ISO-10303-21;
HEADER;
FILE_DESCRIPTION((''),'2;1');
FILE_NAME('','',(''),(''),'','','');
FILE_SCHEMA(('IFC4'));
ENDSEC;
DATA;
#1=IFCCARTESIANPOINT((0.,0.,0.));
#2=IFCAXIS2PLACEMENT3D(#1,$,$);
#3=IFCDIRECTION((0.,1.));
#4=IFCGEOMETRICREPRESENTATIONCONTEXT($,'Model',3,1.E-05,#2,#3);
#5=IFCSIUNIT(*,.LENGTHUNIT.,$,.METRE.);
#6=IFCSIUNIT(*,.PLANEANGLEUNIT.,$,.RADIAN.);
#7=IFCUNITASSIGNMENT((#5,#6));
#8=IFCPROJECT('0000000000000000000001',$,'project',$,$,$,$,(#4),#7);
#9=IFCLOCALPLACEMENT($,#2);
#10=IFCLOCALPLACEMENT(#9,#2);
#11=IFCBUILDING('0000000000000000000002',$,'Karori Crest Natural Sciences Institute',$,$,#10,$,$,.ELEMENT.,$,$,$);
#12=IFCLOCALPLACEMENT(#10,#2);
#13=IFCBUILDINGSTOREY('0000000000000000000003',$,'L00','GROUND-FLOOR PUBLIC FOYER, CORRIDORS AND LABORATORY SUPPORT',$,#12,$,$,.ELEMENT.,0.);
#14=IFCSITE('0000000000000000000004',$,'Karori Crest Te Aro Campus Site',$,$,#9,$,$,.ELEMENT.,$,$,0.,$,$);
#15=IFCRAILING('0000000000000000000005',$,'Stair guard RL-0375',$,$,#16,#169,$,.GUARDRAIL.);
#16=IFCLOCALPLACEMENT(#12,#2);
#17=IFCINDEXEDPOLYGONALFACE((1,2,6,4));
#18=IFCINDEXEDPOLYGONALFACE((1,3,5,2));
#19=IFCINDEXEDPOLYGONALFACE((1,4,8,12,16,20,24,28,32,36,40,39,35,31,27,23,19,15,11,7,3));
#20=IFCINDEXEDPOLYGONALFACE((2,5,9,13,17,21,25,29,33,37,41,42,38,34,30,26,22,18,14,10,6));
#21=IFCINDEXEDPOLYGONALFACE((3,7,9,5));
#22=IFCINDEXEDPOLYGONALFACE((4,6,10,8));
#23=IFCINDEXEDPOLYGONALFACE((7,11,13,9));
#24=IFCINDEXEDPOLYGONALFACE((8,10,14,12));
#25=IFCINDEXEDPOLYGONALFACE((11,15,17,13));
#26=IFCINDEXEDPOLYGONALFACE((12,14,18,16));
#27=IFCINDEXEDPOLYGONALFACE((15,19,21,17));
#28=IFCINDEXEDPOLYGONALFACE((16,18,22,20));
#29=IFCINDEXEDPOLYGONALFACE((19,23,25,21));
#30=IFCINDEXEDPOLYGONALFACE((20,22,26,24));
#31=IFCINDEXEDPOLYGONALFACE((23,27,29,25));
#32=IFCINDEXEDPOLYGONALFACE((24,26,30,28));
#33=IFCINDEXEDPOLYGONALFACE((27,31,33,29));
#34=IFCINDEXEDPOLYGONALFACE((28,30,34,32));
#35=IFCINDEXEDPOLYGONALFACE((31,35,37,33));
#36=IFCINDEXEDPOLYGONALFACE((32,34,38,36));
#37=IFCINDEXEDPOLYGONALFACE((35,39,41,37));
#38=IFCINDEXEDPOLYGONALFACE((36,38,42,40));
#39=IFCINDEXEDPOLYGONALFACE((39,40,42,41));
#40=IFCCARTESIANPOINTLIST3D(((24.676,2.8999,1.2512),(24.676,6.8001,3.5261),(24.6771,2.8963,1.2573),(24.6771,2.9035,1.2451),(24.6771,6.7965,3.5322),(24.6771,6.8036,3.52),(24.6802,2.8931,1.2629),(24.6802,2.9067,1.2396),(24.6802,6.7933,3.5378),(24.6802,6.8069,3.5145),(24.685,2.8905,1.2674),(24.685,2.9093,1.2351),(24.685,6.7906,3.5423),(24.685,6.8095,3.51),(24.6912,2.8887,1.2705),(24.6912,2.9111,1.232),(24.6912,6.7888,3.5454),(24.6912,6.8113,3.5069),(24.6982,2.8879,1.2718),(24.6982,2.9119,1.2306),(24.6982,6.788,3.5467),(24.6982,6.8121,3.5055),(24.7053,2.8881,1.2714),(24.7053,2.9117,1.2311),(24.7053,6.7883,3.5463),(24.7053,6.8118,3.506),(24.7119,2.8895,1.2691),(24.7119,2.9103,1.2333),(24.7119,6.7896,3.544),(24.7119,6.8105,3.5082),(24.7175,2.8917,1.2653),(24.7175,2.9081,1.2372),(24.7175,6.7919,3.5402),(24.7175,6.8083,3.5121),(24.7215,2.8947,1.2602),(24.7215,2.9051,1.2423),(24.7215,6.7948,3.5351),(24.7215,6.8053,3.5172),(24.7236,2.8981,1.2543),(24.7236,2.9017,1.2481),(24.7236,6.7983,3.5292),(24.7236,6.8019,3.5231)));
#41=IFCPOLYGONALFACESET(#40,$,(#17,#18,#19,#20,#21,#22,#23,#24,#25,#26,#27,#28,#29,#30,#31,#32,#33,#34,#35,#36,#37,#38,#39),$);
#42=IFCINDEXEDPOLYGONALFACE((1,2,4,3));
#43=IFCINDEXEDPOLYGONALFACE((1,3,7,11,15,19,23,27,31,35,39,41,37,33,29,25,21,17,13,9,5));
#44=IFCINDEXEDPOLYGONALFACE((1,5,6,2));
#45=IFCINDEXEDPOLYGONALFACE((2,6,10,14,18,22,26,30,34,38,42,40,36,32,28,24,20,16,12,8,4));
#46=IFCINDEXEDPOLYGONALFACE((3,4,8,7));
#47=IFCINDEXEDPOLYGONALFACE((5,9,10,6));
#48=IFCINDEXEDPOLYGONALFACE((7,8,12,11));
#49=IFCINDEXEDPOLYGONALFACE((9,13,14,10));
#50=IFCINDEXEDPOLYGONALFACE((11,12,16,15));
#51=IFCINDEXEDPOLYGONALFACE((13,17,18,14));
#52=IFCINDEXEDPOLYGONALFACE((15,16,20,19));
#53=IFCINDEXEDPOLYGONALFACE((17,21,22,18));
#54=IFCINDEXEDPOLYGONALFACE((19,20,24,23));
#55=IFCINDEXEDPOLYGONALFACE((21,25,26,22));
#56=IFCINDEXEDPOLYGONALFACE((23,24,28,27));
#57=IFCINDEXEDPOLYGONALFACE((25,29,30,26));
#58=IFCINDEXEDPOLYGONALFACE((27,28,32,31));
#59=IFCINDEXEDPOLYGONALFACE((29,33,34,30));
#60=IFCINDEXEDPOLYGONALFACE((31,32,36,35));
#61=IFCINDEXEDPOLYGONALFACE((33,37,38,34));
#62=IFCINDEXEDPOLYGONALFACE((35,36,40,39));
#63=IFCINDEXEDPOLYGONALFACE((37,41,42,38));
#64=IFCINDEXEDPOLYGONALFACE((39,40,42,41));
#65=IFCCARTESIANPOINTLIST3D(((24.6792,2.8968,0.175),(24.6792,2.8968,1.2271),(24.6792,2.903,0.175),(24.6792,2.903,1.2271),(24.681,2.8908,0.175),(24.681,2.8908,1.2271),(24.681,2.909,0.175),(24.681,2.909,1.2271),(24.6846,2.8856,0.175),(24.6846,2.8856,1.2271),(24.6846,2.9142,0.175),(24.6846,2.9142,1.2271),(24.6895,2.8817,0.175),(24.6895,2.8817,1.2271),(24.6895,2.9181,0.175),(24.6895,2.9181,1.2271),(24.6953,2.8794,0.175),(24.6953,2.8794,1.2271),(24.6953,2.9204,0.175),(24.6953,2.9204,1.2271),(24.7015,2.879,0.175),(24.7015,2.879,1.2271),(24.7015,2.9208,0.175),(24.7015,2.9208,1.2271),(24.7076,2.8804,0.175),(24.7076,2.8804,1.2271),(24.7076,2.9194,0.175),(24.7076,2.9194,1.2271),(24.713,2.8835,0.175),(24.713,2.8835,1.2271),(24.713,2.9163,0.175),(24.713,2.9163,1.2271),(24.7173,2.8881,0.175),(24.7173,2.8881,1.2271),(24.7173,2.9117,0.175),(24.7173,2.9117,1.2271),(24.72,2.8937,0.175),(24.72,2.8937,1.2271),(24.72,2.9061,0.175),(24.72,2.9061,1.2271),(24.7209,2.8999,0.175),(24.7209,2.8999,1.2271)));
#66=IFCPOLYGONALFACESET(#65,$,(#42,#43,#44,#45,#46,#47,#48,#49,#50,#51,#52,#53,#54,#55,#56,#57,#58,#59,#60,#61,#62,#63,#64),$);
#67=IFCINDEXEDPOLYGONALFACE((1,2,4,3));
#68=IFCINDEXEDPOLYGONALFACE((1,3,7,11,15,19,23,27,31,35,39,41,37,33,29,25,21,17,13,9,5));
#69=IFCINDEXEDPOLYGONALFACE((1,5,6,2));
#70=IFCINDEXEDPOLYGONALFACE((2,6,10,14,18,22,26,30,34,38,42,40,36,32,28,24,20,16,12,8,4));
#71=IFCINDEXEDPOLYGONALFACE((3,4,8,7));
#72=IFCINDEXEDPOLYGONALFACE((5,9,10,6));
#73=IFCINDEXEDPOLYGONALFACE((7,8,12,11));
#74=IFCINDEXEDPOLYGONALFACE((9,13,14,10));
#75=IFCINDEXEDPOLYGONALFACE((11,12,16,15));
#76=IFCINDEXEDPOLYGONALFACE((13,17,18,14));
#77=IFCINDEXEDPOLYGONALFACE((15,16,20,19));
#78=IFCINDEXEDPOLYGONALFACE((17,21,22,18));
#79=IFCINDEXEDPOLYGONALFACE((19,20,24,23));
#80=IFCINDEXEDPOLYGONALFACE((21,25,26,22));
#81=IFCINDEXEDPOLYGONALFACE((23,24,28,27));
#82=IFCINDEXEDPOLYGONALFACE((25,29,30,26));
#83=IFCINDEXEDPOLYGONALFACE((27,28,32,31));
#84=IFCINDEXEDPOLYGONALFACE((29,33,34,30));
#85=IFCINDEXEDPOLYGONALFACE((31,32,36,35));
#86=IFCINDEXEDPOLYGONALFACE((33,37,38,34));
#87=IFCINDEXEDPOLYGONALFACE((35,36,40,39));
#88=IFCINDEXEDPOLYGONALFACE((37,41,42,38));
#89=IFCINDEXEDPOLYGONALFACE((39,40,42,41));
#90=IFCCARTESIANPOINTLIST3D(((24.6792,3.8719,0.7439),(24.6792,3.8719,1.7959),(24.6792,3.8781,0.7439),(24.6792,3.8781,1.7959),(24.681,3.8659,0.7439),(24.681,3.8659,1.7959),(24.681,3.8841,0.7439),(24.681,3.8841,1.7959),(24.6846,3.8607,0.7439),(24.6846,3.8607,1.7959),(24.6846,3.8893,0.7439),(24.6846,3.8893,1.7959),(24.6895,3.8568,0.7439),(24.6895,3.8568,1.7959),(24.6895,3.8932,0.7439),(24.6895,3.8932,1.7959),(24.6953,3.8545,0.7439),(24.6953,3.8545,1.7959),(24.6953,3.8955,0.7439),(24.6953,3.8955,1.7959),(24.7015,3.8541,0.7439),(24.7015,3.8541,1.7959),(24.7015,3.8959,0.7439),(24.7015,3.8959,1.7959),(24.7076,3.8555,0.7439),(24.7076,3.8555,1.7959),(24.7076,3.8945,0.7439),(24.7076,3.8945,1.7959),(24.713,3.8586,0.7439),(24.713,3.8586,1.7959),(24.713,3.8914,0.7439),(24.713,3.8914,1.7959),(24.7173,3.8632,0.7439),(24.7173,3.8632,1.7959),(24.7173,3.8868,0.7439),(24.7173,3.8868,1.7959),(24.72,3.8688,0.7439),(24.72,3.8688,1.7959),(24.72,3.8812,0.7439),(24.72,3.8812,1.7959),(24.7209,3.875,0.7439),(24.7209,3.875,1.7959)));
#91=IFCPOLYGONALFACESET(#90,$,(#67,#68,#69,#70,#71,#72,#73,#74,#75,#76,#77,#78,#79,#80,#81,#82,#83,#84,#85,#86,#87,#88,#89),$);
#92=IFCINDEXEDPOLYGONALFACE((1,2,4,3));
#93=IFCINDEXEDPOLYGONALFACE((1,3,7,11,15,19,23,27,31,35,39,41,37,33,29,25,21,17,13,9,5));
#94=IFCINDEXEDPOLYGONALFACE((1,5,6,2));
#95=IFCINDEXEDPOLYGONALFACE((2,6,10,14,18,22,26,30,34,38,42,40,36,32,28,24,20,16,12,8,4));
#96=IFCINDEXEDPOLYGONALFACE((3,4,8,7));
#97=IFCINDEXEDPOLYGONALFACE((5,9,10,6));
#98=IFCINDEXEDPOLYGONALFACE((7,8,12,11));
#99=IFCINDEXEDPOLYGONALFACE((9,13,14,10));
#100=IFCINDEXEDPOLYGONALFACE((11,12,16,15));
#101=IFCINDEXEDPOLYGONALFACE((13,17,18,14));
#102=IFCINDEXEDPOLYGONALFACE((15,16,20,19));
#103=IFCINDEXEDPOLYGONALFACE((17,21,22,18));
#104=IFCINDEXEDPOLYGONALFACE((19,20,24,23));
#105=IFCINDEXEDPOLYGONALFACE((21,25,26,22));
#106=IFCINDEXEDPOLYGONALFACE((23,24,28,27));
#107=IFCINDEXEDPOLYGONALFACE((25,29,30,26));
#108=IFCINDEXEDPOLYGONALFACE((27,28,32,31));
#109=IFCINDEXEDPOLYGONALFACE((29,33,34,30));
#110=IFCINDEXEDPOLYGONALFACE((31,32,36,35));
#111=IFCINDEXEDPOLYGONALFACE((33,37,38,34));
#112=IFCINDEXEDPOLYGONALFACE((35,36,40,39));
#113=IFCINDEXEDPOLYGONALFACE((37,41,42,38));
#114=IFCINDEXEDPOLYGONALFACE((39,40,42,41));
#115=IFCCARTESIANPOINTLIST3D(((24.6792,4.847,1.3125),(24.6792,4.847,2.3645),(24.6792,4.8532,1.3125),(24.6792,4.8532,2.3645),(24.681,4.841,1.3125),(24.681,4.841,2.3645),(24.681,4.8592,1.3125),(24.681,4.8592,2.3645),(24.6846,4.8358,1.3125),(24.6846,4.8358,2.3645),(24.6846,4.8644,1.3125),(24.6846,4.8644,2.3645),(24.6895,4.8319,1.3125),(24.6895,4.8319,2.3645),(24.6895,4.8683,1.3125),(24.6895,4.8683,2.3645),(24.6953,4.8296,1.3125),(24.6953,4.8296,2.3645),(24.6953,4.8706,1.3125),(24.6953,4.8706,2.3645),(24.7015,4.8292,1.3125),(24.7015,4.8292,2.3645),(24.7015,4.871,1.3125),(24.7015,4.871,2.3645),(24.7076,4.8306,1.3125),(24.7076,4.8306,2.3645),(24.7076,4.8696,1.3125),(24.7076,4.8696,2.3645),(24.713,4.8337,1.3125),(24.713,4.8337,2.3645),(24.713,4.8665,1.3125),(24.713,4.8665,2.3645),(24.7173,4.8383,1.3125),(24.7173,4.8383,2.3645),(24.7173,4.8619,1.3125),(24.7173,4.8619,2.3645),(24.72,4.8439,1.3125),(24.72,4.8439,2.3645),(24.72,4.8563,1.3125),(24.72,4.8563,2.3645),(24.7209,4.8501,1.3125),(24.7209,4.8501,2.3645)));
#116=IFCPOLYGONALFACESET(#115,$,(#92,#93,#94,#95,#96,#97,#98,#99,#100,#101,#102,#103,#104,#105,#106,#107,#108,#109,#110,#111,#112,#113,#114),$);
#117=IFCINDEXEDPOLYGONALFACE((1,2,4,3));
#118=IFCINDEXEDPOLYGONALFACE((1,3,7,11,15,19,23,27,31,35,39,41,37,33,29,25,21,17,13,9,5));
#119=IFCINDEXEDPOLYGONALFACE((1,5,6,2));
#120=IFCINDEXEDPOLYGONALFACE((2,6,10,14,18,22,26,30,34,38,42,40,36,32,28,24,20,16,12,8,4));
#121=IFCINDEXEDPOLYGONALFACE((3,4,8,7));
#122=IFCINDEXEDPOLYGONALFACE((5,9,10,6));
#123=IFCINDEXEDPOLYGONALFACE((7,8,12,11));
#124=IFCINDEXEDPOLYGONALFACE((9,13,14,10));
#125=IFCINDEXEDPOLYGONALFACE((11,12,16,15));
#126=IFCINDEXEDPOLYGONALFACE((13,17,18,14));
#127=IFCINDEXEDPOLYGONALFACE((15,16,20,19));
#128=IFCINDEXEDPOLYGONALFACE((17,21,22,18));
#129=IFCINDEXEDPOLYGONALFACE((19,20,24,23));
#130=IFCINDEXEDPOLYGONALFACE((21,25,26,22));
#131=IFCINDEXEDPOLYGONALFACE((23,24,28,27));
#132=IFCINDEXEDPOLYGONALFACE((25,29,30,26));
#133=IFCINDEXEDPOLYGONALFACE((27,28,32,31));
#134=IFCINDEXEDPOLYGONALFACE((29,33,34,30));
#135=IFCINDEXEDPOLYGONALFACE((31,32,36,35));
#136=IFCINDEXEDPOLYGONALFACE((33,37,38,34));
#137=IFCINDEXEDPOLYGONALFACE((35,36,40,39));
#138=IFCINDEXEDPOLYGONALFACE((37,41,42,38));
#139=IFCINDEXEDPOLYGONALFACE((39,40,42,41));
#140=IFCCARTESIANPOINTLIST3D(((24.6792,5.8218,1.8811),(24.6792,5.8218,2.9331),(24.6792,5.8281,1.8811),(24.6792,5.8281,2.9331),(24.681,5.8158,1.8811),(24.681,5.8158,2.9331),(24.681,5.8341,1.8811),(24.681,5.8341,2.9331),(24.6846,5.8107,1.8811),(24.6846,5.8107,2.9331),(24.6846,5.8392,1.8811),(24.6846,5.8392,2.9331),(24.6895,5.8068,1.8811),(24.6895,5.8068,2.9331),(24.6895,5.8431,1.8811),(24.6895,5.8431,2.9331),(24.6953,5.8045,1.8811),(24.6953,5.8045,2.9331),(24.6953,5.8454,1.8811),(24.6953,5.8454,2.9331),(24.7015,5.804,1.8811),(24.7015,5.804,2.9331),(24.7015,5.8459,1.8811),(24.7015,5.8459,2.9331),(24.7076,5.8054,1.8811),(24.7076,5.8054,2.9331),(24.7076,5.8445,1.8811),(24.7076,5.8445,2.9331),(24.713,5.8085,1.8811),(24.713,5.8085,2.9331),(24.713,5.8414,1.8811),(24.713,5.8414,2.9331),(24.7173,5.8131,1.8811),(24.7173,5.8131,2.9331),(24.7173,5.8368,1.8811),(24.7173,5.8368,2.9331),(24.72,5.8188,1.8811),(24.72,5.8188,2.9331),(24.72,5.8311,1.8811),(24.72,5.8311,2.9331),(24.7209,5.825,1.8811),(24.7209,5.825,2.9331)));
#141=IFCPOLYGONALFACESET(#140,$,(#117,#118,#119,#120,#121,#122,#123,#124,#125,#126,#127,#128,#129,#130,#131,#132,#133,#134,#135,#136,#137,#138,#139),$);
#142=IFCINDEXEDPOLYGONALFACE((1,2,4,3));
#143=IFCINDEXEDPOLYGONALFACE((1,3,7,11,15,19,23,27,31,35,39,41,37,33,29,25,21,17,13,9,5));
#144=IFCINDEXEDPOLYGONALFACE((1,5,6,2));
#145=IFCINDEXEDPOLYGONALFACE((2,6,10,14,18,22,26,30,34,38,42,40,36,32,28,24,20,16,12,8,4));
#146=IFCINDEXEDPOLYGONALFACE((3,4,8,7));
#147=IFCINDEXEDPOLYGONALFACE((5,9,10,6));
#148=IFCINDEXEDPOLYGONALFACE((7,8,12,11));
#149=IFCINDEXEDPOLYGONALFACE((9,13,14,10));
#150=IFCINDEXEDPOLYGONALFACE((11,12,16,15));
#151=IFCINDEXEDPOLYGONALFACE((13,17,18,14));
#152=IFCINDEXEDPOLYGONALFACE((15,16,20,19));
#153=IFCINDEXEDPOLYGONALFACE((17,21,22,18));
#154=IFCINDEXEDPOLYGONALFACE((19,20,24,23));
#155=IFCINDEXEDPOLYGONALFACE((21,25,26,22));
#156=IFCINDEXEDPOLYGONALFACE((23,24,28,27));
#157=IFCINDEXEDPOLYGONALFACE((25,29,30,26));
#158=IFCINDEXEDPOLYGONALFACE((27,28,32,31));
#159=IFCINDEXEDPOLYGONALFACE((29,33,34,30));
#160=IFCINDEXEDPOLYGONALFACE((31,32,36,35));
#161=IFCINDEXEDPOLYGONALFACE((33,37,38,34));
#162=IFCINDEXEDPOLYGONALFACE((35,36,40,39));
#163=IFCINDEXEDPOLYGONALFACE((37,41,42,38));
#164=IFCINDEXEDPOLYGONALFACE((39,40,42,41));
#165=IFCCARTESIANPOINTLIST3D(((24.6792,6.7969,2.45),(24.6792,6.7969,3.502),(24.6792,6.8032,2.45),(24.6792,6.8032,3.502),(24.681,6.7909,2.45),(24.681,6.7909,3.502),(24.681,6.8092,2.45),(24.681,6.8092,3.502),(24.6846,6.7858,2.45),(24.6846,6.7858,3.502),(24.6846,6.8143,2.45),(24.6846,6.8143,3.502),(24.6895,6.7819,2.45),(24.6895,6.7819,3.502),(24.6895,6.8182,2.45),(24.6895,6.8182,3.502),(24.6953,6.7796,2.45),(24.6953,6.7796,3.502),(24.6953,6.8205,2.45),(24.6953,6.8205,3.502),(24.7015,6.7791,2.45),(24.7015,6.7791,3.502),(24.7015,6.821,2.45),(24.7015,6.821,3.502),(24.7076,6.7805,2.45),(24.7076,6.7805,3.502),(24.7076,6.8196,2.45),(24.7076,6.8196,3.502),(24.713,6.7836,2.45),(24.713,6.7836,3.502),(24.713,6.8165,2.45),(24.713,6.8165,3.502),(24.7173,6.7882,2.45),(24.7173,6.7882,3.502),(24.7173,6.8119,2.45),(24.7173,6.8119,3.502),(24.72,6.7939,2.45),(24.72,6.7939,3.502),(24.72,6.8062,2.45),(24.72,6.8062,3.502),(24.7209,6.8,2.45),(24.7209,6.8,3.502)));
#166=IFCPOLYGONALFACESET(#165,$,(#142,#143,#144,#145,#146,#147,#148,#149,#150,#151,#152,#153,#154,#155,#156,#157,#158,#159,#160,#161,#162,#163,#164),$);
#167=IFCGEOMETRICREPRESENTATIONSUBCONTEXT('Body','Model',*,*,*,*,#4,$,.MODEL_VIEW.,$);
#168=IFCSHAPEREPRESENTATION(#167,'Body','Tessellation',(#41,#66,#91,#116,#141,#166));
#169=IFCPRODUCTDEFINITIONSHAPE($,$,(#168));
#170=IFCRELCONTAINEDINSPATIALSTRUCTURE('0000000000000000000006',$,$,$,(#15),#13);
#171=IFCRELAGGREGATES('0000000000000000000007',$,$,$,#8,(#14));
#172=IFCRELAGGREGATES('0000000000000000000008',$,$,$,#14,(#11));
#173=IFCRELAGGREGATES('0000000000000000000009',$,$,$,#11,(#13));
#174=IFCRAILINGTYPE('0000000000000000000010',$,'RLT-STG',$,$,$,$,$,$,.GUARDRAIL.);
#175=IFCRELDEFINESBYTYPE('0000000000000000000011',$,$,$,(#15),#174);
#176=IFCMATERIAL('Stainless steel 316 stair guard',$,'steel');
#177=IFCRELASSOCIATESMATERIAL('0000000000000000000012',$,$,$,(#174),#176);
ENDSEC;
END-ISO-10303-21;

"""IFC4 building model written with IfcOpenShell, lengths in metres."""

from ifc_helpers import new_model, si_unit, direction, frame, origin, origin_2d, place, context, subcontext, project, spatial, circle, extrude, material, type_object, element, save


model = new_model("IFC4")

# Units and contexts
model_context = context("Model", 3, precision=1e-05, world=origin(), true_north=direction((0.0, 1.0)))
body_context = subcontext(model_context, "Body", "Model", "MODEL_VIEW")
ifc_project = project(units=[si_unit("LENGTHUNIT", "METRE"), si_unit("PLANEANGLEUNIT", "RADIAN")], contexts=[model_context])

# Site, building, storey
site_placement = place(None, origin())
site = spatial("IfcSite", under=ifc_project, at=site_placement, Name="Karori Crest Te Aro Campus Site", CompositionType="ELEMENT", RefElevation=0.0)
building_placement = place(site_placement, origin())
building = spatial("IfcBuilding", under=site, at=building_placement, Name="Karori Crest Natural Sciences Institute", CompositionType="ELEMENT")
storey_placement = place(building_placement, origin())
storey = spatial("IfcBuildingStorey", under=building, at=storey_placement, Name="L00", Description="GROUND-FLOOR PUBLIC FOYER, CORRIDORS AND LABORATORY SUPPORT", CompositionType="ELEMENT", Elevation=0.0)

# Railing
ifc_material_1 = material(Name="Stainless steel 316 stair guard", Category="steel")
railing_type_1 = type_object("IfcRailingType", Name="RLT-STG", PredefinedType="GUARDRAIL", material=ifc_material_1)
railing_1_placement = place(storey_placement, frame((24.7, 2.8999, 0.175)))
element("IfcRailing", 1, at=railing_1_placement, inside=storey, type_object=railing_type_1, Name="Stair guard RL-0375", PredefinedType="GUARDRAIL", context=body_context, shape_type="SweptSolid", body=[
    extrude(circle(Radius=0.0239, at=origin_2d()), frame((0.0, 0.0, 1.0762), z_axis=(0.0, 0.863797, 0.503841), x_axis=(-1.0, 0.0, 0.0)), (0.0, 0.0, 1.0), 4.5151),
    extrude(circle(Radius=0.021, at=origin_2d()), origin(), (0.0, 0.0, 1.0), 1.052),
    extrude(circle(Radius=0.021, at=origin_2d()), frame((0.0, 0.9751, 0.5688)), (0.0, 0.0, 1.0), 1.052),
    extrude(circle(Radius=0.021, at=origin_2d()), frame((0.0, 1.9502, 1.1375)), (0.0, 0.0, 1.0), 1.052),
    extrude(circle(Radius=0.021, at=origin_2d()), frame((0.0, 2.925, 1.7061)), (0.0, 0.0, 1.0), 1.052),
    extrude(circle(Radius=0.021, at=origin_2d()), frame((0.0, 3.9001, 2.2749)), (0.0, 0.0, 1.0), 1.052),
])

save(model, "model.ifc")
